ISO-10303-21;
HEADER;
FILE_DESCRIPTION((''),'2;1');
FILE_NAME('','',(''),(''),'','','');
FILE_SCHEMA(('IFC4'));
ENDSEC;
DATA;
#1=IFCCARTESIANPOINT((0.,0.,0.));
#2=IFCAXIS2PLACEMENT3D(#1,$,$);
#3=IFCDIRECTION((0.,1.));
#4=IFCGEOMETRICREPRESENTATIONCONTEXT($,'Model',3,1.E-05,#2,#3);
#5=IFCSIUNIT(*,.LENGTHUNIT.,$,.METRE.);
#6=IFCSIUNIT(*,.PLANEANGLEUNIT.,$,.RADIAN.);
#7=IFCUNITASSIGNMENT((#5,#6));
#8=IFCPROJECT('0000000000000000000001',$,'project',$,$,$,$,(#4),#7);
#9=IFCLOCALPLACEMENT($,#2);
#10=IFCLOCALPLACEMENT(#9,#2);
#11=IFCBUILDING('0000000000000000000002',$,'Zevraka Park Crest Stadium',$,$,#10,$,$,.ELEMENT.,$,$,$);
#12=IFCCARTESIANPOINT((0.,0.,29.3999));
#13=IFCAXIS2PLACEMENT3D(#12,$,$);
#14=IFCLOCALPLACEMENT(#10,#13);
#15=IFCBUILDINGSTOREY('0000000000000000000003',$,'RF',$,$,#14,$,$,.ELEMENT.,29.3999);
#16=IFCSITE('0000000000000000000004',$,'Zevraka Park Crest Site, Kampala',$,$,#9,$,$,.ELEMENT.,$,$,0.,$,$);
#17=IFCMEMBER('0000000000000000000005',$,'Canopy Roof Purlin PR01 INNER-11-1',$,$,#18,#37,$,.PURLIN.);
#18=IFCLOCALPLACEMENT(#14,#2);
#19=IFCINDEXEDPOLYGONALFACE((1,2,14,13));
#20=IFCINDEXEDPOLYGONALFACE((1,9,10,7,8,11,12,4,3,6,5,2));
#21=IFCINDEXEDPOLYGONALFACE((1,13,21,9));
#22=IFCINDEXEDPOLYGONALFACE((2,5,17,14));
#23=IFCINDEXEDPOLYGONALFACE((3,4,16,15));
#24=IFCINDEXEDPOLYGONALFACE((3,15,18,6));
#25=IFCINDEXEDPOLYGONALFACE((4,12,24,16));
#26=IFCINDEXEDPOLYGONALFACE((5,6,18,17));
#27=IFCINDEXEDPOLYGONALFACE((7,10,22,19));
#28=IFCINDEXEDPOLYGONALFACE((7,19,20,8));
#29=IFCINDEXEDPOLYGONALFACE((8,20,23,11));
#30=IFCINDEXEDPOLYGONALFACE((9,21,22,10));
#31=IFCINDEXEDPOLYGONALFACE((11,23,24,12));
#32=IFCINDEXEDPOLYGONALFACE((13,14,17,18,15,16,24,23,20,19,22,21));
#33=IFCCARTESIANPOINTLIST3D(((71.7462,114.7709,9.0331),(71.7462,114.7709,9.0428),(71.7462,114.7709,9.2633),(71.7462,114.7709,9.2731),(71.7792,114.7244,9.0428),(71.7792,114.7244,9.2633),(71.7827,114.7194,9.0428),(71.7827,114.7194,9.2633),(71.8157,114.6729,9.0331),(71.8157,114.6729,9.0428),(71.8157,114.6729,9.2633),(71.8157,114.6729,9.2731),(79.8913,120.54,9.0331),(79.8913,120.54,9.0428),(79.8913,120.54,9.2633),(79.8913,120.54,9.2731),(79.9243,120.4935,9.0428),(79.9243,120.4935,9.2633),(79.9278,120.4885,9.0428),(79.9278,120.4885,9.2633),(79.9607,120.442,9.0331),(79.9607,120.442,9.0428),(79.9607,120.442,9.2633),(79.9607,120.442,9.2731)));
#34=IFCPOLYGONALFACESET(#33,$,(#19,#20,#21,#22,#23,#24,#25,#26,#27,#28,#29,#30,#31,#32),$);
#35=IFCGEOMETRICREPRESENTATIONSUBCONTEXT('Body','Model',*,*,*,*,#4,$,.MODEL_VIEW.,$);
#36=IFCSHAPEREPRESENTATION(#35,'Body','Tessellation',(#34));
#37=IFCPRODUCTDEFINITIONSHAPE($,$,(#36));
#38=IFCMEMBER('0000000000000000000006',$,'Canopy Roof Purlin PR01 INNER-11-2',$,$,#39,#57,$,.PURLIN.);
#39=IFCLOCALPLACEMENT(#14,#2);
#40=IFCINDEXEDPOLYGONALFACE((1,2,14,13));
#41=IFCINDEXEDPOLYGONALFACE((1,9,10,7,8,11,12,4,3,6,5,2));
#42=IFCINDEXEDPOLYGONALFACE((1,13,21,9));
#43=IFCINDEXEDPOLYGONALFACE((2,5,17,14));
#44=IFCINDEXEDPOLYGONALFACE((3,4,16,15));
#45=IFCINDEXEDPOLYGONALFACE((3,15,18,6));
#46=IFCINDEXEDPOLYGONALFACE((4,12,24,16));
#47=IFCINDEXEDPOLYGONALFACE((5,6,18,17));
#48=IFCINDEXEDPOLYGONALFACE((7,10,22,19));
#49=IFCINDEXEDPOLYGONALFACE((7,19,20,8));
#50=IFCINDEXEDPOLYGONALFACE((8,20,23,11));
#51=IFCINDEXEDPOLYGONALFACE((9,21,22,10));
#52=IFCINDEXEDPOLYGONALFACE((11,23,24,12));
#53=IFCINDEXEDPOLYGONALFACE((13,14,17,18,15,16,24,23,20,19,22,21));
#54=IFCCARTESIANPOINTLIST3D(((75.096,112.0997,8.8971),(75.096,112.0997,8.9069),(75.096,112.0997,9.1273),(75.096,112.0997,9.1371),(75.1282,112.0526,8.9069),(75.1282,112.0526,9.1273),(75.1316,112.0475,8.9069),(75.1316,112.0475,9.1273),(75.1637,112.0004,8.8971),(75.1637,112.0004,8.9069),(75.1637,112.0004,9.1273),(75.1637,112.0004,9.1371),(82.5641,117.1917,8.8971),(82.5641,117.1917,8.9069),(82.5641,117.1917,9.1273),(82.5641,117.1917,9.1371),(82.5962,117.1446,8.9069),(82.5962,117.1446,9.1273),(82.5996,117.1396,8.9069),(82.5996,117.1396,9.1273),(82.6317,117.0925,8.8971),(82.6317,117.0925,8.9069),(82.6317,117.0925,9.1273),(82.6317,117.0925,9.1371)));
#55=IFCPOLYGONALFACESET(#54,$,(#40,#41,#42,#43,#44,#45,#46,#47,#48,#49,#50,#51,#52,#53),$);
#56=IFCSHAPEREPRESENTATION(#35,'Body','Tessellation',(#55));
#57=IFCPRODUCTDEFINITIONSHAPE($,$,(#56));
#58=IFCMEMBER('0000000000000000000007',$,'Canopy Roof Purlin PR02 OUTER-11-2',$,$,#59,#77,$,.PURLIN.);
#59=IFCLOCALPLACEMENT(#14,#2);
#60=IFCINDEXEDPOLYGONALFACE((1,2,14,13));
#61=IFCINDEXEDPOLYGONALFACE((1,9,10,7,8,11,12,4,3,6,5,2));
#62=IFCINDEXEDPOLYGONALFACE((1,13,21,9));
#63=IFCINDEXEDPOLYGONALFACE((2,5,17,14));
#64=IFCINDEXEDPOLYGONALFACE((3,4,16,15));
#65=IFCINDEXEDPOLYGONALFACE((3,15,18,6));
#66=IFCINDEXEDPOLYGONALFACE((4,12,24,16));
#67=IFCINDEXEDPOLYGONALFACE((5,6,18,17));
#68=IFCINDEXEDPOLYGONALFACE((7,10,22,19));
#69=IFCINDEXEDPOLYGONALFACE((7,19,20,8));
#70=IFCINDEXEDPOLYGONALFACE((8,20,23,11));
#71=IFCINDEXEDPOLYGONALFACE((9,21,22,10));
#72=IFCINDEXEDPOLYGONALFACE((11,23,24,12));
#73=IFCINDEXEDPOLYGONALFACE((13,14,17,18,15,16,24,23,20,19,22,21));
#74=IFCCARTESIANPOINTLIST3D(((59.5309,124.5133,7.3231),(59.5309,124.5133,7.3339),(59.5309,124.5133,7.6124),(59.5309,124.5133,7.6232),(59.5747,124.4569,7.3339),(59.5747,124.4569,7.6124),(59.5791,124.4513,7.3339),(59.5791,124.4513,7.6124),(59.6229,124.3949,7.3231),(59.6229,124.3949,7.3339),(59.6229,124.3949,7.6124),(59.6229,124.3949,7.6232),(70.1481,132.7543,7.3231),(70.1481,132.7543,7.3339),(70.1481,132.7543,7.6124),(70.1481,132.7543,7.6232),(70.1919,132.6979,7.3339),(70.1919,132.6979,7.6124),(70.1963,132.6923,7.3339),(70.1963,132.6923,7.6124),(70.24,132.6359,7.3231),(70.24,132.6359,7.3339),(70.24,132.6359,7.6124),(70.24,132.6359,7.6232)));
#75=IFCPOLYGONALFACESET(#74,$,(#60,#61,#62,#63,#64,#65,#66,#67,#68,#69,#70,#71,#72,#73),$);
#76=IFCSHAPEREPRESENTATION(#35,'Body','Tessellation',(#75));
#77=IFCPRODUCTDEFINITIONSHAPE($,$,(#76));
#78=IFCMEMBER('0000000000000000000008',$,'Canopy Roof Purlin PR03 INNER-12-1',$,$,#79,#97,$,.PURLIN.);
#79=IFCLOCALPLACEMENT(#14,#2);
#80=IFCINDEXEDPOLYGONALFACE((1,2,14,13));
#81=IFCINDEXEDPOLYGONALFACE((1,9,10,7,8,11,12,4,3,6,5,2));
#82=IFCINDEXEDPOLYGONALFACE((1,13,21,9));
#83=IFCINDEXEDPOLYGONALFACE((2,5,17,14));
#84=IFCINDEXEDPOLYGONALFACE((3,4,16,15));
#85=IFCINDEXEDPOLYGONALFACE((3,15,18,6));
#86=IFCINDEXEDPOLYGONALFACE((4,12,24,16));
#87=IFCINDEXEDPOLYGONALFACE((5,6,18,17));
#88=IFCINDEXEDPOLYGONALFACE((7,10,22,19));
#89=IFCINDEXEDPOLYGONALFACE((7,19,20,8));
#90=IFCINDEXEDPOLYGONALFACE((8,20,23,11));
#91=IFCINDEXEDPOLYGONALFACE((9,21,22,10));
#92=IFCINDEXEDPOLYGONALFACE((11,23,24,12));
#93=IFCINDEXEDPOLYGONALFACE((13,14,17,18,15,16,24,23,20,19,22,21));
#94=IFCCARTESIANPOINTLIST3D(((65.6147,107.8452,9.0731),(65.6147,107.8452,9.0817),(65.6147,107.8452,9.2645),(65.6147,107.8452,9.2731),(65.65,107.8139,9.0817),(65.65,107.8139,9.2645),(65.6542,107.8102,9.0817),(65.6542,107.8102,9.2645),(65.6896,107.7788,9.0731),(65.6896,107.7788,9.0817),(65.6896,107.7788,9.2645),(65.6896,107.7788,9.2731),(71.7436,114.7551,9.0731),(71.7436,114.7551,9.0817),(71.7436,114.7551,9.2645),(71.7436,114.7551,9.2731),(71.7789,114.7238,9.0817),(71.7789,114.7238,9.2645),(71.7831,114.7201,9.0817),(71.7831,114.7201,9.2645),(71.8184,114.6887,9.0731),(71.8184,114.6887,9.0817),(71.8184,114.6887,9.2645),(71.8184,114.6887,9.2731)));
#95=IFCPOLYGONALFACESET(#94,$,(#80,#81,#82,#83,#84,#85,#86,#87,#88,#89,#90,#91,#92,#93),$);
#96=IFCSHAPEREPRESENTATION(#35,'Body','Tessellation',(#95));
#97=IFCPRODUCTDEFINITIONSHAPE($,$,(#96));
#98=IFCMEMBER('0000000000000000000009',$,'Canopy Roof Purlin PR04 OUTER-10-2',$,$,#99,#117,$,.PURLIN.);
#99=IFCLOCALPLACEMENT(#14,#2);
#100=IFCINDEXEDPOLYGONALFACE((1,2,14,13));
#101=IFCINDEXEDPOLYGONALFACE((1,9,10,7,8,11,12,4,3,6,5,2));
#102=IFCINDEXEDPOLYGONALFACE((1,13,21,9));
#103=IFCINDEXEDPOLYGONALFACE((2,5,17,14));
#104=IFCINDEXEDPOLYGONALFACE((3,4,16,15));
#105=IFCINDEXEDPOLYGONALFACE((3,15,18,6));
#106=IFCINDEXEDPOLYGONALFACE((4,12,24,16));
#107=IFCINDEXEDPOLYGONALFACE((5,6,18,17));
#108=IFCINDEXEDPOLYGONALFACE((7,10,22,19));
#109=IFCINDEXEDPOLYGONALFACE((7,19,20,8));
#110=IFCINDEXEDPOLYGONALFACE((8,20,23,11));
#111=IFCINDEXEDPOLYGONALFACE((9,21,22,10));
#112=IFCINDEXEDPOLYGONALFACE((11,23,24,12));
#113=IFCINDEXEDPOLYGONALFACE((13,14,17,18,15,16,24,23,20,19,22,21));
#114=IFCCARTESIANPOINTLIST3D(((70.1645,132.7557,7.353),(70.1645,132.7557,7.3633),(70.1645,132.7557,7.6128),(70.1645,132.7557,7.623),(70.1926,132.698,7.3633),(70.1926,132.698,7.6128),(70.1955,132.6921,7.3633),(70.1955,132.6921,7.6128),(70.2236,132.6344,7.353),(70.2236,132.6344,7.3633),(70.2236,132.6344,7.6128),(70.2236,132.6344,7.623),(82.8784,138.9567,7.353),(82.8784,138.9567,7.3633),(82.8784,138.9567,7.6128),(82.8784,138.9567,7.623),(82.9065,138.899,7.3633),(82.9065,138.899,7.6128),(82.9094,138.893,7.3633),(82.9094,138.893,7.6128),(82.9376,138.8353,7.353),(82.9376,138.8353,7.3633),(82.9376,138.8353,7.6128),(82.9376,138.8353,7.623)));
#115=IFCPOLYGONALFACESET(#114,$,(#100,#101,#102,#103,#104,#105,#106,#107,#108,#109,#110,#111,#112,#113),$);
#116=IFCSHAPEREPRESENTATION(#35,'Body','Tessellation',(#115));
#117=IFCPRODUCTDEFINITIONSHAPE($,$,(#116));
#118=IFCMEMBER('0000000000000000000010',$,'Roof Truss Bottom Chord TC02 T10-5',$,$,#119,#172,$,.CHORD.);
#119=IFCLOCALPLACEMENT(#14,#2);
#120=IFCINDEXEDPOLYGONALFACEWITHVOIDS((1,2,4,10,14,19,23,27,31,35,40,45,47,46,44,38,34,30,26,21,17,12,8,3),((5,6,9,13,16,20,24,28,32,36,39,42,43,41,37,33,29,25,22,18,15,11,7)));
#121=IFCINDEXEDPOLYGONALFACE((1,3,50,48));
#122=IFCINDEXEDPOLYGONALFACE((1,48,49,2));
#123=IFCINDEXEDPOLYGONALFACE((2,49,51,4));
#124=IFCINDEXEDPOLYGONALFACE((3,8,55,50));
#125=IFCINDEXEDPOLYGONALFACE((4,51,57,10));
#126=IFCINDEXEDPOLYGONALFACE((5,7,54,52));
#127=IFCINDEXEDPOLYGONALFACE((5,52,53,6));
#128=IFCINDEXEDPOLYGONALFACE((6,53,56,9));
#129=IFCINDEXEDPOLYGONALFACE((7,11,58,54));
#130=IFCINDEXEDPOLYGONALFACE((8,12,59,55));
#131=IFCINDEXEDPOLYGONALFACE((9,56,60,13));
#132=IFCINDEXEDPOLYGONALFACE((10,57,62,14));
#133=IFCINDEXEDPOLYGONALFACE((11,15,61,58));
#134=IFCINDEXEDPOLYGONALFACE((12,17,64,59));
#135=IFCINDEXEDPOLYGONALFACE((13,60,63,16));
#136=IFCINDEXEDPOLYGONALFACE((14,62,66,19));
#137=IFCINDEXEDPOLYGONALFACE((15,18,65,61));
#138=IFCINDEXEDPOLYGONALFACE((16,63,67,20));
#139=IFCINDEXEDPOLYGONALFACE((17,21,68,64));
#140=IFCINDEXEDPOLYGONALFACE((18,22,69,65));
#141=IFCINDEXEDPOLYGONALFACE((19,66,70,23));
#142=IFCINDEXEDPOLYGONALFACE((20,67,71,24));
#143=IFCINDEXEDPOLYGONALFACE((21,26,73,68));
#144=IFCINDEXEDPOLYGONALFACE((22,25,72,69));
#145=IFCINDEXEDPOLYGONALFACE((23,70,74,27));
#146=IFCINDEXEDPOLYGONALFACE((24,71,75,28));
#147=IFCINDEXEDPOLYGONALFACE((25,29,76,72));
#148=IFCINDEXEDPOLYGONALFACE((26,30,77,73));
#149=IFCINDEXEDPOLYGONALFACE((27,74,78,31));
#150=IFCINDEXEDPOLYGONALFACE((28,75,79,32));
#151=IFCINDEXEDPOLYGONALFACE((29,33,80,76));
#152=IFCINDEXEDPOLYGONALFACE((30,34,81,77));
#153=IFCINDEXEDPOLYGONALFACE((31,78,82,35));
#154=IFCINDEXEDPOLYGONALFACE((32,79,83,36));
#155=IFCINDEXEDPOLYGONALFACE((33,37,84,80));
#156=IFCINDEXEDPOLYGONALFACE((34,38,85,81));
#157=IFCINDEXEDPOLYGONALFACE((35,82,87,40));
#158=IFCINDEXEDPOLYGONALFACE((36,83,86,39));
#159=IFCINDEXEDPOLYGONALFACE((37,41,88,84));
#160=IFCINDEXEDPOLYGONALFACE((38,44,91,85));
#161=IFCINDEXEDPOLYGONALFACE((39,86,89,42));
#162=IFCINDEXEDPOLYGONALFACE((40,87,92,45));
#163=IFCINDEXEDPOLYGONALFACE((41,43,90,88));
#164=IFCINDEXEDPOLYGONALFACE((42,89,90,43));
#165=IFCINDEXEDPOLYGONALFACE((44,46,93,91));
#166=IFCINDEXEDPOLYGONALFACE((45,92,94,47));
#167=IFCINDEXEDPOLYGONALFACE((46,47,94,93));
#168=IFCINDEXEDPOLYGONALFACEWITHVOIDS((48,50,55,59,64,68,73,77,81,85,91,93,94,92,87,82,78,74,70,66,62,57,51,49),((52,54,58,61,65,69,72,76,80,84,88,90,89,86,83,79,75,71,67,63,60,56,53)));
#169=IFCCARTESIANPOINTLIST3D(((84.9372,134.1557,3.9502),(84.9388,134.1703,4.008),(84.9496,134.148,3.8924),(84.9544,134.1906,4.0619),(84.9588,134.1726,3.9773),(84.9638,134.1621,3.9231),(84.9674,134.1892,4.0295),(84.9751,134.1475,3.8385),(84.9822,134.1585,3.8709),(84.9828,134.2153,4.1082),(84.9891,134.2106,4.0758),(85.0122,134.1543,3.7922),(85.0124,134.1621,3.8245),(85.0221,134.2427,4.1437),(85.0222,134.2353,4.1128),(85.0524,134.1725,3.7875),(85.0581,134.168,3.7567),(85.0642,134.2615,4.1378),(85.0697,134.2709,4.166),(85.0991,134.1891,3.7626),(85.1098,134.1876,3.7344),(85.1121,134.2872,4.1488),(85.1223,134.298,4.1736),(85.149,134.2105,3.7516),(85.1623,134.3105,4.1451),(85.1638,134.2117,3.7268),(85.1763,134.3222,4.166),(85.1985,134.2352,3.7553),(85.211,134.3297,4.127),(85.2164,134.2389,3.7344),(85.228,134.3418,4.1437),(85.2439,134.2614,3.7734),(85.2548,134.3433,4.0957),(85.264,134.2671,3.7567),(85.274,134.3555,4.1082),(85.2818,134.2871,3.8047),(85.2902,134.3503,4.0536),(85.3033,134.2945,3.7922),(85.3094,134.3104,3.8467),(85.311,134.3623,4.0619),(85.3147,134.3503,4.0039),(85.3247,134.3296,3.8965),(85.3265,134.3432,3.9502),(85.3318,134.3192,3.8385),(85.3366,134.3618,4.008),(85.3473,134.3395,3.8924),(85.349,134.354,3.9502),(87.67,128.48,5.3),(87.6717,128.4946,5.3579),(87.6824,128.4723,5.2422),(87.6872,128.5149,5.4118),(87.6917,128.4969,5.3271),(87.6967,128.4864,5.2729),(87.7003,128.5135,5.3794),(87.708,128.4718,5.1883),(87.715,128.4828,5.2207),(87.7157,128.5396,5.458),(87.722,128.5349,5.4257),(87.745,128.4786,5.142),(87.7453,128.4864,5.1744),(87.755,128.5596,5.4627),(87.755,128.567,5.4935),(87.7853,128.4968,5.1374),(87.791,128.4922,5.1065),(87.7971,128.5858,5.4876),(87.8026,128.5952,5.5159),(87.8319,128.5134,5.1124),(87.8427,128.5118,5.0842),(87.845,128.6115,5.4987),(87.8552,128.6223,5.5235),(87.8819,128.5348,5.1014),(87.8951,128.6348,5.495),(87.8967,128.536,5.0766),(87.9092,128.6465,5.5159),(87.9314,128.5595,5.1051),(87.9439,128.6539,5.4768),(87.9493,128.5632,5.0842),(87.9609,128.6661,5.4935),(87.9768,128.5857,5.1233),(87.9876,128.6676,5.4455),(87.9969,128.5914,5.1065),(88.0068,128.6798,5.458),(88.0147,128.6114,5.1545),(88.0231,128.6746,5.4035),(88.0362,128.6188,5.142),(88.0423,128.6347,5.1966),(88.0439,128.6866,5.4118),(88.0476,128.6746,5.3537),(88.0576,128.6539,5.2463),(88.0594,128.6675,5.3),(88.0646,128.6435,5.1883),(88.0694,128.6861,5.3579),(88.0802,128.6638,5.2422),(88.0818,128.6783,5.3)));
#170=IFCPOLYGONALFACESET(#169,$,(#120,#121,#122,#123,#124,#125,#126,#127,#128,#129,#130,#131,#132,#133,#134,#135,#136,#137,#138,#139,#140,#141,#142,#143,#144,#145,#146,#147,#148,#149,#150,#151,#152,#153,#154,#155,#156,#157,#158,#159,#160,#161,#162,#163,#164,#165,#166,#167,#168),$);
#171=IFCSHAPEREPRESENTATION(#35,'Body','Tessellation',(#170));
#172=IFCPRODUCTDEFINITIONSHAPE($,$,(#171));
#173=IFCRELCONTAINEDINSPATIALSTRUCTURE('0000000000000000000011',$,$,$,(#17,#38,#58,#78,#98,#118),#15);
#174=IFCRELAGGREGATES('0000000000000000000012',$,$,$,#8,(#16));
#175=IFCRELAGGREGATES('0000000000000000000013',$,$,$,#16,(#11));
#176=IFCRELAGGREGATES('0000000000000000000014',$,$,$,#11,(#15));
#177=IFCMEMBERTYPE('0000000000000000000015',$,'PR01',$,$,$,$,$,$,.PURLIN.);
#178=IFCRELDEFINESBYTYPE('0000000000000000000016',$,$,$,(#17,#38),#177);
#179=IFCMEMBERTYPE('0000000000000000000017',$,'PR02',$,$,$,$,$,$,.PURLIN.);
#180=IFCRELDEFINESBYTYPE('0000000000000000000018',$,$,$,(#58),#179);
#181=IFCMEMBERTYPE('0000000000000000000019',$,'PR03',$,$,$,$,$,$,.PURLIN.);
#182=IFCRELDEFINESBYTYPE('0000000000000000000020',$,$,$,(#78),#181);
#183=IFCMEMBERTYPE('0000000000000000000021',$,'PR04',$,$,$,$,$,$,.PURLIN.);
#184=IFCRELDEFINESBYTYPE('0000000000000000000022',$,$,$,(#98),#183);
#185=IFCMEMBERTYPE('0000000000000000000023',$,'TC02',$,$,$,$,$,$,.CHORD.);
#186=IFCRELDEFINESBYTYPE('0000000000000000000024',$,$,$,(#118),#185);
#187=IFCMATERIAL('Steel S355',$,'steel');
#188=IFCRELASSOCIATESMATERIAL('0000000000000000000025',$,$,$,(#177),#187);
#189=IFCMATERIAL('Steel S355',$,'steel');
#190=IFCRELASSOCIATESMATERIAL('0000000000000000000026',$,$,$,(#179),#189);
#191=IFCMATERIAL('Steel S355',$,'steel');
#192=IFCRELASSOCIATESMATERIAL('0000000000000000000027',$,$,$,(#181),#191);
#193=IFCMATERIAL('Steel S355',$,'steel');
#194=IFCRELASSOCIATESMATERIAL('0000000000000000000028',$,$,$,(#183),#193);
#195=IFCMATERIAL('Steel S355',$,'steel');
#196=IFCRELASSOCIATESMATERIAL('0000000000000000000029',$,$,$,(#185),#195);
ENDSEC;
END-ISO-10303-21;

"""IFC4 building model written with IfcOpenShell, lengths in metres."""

from ifc_helpers import new_model, si_unit, direction, frame, origin, origin_2d, place, context, subcontext, project, spatial, hollow_circle, i_section, extrude, material, material_profile, profile_set, type_object, element, save


model = new_model("IFC4")

# Units and contexts
model_context = context("Model", 3, precision=1e-05, world=origin(), true_north=direction((0.0, 1.0)))
body_context = subcontext(model_context, "Body", "Model", "MODEL_VIEW")
ifc_project = project(units=[si_unit("LENGTHUNIT", "METRE"), si_unit("PLANEANGLEUNIT", "RADIAN")], contexts=[model_context])

# Site, building, storey
site_placement = place(None, origin())
site = spatial("IfcSite", under=ifc_project, at=site_placement, Name="Zevraka Park Crest Site, Kampala", CompositionType="ELEMENT", RefElevation=0.0)
building_placement = place(site_placement, origin())
building = spatial("IfcBuilding", under=site, at=building_placement, Name="Zevraka Park Crest Stadium", CompositionType="ELEMENT")
storey_placement = place(building_placement, frame((0.0, 0.0, 29.3999)))
storey = spatial("IfcBuildingStorey", under=building, at=storey_placement, Name="RF", CompositionType="ELEMENT", Elevation=29.3999)

# Members
ifc_material_1 = material(Name="Steel S355", Category="steel")
ifc_material_profile_1 = material_profile(ifc_material_1, i_section(OverallWidth=0.1201, OverallDepth=0.24, WebThickness=0.0061, FlangeThickness=0.0098, at=origin_2d()), Name="IPE 240")
ifc_profile_set_1 = profile_set([ifc_material_profile_1], Name="Steel S355")
member_type_1 = type_object("IfcMemberType", Name="PR01", PredefinedType="PURLIN", material=ifc_profile_set_1)
member_1_placement = place(storey_placement, frame((79.926, 120.491, 9.1531), z_axis=(-0.816041, -0.577994, 0.0), x_axis=(0.577994, -0.816041, 0.0)))
element("IfcMember", 1, at=member_1_placement, inside=storey, type_object=member_type_1, Name="Canopy Roof Purlin PR01 INNER-11-1", PredefinedType="PURLIN", context=body_context, shape_type="SweptSolid", body=[
    extrude(i_section(OverallWidth=0.1201, OverallDepth=0.24, WebThickness=0.0061, FlangeThickness=0.0098, at=origin_2d()), origin(), (0.0, 0.0, 1.0), 9.9812),
])
member_2_placement = place(storey_placement, frame((82.5979, 117.1421, 9.0171), z_axis=(-0.826216, -0.563353, 0.0), x_axis=(0.563353, -0.826216, 0.0)))
element("IfcMember", 2, at=member_2_placement, inside=storey, type_object=member_type_1, Name="Canopy Roof Purlin PR01 INNER-11-2", PredefinedType="PURLIN", context=body_context, shape_type="SweptSolid", body=[
    extrude(i_section(OverallWidth=0.1201, OverallDepth=0.24, WebThickness=0.0061, FlangeThickness=0.0098, at=origin_2d()), origin(), (0.0, 0.0, 1.0), 9.0388),
])
ifc_material_2 = material(Name="Steel S355", Category="steel")
ifc_material_profile_2 = material_profile(ifc_material_2, i_section(OverallWidth=0.1499, OverallDepth=0.3, WebThickness=0.0071, FlangeThickness=0.0107, at=origin_2d()), Name="IPE 300")
ifc_profile_set_2 = profile_set([ifc_material_profile_2], Name="Steel S355")
member_type_2 = type_object("IfcMemberType", Name="PR02", PredefinedType="PURLIN", material=ifc_profile_set_2)
member_3_placement = place(storey_placement, frame((70.1941, 132.6951, 7.4731), z_axis=(-0.789959, -0.613159, 0.0), x_axis=(0.613159, -0.789959, 0.0)))
element("IfcMember", 3, at=member_3_placement, inside=storey, type_object=member_type_2, Name="Canopy Roof Purlin PR02 OUTER-11-2", PredefinedType="PURLIN", context=body_context, shape_type="SweptSolid", body=[
    extrude(i_section(OverallWidth=0.1499, OverallDepth=0.3, WebThickness=0.0071, FlangeThickness=0.0107, at=origin_2d()), origin(), (0.0, 0.0, 1.0), 13.4402),
])
ifc_material_3 = material(Name="Steel S355", Category="steel")
ifc_material_profile_3 = material_profile(ifc_material_3, i_section(OverallWidth=0.1001, OverallDepth=0.2, WebThickness=0.0056, FlangeThickness=0.0085, at=origin_2d()), Name="IPE 200")
ifc_profile_set_3 = profile_set([ifc_material_profile_3], Name="Steel S355")
member_type_3 = type_object("IfcMemberType", Name="PR03", PredefinedType="PURLIN", material=ifc_profile_set_3)
member_4_placement = place(storey_placement, frame((71.781, 114.7219, 9.1731), z_axis=(-0.663563, -0.748121, 0.0), x_axis=(0.748121, -0.663563, 0.0)))
element("IfcMember", 4, at=member_4_placement, inside=storey, type_object=member_type_3, Name="Canopy Roof Purlin PR03 INNER-12-1", PredefinedType="PURLIN", context=body_context, shape_type="SweptSolid", body=[
    extrude(i_section(OverallWidth=0.1001, OverallDepth=0.2, WebThickness=0.0056, FlangeThickness=0.0085, at=origin_2d()), origin(), (0.0, 0.0, 1.0), 9.2363),
])
ifc_material_4 = material(Name="Steel S355", Category="steel")
ifc_material_profile_4 = material_profile(ifc_material_4, i_section(OverallWidth=0.135, OverallDepth=0.27, WebThickness=0.0066, FlangeThickness=0.0103, at=origin_2d()), Name="IPE 270")
ifc_profile_set_4 = profile_set([ifc_material_profile_4], Name="Steel S355")
member_type_4 = type_object("IfcMemberType", Name="PR04", PredefinedType="PURLIN", material=ifc_profile_set_4)
member_5_placement = place(storey_placement, frame((82.908, 138.896, 7.488), z_axis=(-0.898795, -0.438369, 0.0), x_axis=(0.438369, -0.898795, 0.0)))
element("IfcMember", 5, at=member_5_placement, inside=storey, type_object=member_type_4, Name="Canopy Roof Purlin PR04 OUTER-10-2", PredefinedType="PURLIN", context=body_context, shape_type="SweptSolid", body=[
    extrude(i_section(OverallWidth=0.135, OverallDepth=0.27, WebThickness=0.0066, FlangeThickness=0.0103, at=origin_2d()), origin(), (0.0, 0.0, 1.0), 14.1455),
])
ifc_material_5 = material(Name="Steel S355", Category="steel")
ifc_material_profile_5 = material_profile(ifc_material_5, hollow_circle(Radius=0.2285, WallThickness=0.0249, at=origin_2d()), Name="CHS 457.0x25")
ifc_profile_set_5 = profile_set([ifc_material_profile_5], Name="Steel S355")
member_type_5 = type_object("IfcMemberType", Name="TC02", PredefinedType="CHORD", material=ifc_profile_set_5)
member_6_placement = place(storey_placement, frame((85.1431, 134.2549, 3.9502), z_axis=(0.424202, -0.880995, 0.209524), x_axis=(0.900994, 0.433832, 0.0)))
element("IfcMember", 6, at=member_6_placement, inside=storey, type_object=member_type_5, Name="Roof Truss Bottom Chord TC02 T10-5", PredefinedType="CHORD", context=body_context, shape_type="SweptSolid", body=[
    extrude(hollow_circle(Radius=0.2285, WallThickness=0.0249, at=origin_2d()), origin(), (0.0, 0.0, 1.0), 6.4424),
])

save(model, "model.ifc")
